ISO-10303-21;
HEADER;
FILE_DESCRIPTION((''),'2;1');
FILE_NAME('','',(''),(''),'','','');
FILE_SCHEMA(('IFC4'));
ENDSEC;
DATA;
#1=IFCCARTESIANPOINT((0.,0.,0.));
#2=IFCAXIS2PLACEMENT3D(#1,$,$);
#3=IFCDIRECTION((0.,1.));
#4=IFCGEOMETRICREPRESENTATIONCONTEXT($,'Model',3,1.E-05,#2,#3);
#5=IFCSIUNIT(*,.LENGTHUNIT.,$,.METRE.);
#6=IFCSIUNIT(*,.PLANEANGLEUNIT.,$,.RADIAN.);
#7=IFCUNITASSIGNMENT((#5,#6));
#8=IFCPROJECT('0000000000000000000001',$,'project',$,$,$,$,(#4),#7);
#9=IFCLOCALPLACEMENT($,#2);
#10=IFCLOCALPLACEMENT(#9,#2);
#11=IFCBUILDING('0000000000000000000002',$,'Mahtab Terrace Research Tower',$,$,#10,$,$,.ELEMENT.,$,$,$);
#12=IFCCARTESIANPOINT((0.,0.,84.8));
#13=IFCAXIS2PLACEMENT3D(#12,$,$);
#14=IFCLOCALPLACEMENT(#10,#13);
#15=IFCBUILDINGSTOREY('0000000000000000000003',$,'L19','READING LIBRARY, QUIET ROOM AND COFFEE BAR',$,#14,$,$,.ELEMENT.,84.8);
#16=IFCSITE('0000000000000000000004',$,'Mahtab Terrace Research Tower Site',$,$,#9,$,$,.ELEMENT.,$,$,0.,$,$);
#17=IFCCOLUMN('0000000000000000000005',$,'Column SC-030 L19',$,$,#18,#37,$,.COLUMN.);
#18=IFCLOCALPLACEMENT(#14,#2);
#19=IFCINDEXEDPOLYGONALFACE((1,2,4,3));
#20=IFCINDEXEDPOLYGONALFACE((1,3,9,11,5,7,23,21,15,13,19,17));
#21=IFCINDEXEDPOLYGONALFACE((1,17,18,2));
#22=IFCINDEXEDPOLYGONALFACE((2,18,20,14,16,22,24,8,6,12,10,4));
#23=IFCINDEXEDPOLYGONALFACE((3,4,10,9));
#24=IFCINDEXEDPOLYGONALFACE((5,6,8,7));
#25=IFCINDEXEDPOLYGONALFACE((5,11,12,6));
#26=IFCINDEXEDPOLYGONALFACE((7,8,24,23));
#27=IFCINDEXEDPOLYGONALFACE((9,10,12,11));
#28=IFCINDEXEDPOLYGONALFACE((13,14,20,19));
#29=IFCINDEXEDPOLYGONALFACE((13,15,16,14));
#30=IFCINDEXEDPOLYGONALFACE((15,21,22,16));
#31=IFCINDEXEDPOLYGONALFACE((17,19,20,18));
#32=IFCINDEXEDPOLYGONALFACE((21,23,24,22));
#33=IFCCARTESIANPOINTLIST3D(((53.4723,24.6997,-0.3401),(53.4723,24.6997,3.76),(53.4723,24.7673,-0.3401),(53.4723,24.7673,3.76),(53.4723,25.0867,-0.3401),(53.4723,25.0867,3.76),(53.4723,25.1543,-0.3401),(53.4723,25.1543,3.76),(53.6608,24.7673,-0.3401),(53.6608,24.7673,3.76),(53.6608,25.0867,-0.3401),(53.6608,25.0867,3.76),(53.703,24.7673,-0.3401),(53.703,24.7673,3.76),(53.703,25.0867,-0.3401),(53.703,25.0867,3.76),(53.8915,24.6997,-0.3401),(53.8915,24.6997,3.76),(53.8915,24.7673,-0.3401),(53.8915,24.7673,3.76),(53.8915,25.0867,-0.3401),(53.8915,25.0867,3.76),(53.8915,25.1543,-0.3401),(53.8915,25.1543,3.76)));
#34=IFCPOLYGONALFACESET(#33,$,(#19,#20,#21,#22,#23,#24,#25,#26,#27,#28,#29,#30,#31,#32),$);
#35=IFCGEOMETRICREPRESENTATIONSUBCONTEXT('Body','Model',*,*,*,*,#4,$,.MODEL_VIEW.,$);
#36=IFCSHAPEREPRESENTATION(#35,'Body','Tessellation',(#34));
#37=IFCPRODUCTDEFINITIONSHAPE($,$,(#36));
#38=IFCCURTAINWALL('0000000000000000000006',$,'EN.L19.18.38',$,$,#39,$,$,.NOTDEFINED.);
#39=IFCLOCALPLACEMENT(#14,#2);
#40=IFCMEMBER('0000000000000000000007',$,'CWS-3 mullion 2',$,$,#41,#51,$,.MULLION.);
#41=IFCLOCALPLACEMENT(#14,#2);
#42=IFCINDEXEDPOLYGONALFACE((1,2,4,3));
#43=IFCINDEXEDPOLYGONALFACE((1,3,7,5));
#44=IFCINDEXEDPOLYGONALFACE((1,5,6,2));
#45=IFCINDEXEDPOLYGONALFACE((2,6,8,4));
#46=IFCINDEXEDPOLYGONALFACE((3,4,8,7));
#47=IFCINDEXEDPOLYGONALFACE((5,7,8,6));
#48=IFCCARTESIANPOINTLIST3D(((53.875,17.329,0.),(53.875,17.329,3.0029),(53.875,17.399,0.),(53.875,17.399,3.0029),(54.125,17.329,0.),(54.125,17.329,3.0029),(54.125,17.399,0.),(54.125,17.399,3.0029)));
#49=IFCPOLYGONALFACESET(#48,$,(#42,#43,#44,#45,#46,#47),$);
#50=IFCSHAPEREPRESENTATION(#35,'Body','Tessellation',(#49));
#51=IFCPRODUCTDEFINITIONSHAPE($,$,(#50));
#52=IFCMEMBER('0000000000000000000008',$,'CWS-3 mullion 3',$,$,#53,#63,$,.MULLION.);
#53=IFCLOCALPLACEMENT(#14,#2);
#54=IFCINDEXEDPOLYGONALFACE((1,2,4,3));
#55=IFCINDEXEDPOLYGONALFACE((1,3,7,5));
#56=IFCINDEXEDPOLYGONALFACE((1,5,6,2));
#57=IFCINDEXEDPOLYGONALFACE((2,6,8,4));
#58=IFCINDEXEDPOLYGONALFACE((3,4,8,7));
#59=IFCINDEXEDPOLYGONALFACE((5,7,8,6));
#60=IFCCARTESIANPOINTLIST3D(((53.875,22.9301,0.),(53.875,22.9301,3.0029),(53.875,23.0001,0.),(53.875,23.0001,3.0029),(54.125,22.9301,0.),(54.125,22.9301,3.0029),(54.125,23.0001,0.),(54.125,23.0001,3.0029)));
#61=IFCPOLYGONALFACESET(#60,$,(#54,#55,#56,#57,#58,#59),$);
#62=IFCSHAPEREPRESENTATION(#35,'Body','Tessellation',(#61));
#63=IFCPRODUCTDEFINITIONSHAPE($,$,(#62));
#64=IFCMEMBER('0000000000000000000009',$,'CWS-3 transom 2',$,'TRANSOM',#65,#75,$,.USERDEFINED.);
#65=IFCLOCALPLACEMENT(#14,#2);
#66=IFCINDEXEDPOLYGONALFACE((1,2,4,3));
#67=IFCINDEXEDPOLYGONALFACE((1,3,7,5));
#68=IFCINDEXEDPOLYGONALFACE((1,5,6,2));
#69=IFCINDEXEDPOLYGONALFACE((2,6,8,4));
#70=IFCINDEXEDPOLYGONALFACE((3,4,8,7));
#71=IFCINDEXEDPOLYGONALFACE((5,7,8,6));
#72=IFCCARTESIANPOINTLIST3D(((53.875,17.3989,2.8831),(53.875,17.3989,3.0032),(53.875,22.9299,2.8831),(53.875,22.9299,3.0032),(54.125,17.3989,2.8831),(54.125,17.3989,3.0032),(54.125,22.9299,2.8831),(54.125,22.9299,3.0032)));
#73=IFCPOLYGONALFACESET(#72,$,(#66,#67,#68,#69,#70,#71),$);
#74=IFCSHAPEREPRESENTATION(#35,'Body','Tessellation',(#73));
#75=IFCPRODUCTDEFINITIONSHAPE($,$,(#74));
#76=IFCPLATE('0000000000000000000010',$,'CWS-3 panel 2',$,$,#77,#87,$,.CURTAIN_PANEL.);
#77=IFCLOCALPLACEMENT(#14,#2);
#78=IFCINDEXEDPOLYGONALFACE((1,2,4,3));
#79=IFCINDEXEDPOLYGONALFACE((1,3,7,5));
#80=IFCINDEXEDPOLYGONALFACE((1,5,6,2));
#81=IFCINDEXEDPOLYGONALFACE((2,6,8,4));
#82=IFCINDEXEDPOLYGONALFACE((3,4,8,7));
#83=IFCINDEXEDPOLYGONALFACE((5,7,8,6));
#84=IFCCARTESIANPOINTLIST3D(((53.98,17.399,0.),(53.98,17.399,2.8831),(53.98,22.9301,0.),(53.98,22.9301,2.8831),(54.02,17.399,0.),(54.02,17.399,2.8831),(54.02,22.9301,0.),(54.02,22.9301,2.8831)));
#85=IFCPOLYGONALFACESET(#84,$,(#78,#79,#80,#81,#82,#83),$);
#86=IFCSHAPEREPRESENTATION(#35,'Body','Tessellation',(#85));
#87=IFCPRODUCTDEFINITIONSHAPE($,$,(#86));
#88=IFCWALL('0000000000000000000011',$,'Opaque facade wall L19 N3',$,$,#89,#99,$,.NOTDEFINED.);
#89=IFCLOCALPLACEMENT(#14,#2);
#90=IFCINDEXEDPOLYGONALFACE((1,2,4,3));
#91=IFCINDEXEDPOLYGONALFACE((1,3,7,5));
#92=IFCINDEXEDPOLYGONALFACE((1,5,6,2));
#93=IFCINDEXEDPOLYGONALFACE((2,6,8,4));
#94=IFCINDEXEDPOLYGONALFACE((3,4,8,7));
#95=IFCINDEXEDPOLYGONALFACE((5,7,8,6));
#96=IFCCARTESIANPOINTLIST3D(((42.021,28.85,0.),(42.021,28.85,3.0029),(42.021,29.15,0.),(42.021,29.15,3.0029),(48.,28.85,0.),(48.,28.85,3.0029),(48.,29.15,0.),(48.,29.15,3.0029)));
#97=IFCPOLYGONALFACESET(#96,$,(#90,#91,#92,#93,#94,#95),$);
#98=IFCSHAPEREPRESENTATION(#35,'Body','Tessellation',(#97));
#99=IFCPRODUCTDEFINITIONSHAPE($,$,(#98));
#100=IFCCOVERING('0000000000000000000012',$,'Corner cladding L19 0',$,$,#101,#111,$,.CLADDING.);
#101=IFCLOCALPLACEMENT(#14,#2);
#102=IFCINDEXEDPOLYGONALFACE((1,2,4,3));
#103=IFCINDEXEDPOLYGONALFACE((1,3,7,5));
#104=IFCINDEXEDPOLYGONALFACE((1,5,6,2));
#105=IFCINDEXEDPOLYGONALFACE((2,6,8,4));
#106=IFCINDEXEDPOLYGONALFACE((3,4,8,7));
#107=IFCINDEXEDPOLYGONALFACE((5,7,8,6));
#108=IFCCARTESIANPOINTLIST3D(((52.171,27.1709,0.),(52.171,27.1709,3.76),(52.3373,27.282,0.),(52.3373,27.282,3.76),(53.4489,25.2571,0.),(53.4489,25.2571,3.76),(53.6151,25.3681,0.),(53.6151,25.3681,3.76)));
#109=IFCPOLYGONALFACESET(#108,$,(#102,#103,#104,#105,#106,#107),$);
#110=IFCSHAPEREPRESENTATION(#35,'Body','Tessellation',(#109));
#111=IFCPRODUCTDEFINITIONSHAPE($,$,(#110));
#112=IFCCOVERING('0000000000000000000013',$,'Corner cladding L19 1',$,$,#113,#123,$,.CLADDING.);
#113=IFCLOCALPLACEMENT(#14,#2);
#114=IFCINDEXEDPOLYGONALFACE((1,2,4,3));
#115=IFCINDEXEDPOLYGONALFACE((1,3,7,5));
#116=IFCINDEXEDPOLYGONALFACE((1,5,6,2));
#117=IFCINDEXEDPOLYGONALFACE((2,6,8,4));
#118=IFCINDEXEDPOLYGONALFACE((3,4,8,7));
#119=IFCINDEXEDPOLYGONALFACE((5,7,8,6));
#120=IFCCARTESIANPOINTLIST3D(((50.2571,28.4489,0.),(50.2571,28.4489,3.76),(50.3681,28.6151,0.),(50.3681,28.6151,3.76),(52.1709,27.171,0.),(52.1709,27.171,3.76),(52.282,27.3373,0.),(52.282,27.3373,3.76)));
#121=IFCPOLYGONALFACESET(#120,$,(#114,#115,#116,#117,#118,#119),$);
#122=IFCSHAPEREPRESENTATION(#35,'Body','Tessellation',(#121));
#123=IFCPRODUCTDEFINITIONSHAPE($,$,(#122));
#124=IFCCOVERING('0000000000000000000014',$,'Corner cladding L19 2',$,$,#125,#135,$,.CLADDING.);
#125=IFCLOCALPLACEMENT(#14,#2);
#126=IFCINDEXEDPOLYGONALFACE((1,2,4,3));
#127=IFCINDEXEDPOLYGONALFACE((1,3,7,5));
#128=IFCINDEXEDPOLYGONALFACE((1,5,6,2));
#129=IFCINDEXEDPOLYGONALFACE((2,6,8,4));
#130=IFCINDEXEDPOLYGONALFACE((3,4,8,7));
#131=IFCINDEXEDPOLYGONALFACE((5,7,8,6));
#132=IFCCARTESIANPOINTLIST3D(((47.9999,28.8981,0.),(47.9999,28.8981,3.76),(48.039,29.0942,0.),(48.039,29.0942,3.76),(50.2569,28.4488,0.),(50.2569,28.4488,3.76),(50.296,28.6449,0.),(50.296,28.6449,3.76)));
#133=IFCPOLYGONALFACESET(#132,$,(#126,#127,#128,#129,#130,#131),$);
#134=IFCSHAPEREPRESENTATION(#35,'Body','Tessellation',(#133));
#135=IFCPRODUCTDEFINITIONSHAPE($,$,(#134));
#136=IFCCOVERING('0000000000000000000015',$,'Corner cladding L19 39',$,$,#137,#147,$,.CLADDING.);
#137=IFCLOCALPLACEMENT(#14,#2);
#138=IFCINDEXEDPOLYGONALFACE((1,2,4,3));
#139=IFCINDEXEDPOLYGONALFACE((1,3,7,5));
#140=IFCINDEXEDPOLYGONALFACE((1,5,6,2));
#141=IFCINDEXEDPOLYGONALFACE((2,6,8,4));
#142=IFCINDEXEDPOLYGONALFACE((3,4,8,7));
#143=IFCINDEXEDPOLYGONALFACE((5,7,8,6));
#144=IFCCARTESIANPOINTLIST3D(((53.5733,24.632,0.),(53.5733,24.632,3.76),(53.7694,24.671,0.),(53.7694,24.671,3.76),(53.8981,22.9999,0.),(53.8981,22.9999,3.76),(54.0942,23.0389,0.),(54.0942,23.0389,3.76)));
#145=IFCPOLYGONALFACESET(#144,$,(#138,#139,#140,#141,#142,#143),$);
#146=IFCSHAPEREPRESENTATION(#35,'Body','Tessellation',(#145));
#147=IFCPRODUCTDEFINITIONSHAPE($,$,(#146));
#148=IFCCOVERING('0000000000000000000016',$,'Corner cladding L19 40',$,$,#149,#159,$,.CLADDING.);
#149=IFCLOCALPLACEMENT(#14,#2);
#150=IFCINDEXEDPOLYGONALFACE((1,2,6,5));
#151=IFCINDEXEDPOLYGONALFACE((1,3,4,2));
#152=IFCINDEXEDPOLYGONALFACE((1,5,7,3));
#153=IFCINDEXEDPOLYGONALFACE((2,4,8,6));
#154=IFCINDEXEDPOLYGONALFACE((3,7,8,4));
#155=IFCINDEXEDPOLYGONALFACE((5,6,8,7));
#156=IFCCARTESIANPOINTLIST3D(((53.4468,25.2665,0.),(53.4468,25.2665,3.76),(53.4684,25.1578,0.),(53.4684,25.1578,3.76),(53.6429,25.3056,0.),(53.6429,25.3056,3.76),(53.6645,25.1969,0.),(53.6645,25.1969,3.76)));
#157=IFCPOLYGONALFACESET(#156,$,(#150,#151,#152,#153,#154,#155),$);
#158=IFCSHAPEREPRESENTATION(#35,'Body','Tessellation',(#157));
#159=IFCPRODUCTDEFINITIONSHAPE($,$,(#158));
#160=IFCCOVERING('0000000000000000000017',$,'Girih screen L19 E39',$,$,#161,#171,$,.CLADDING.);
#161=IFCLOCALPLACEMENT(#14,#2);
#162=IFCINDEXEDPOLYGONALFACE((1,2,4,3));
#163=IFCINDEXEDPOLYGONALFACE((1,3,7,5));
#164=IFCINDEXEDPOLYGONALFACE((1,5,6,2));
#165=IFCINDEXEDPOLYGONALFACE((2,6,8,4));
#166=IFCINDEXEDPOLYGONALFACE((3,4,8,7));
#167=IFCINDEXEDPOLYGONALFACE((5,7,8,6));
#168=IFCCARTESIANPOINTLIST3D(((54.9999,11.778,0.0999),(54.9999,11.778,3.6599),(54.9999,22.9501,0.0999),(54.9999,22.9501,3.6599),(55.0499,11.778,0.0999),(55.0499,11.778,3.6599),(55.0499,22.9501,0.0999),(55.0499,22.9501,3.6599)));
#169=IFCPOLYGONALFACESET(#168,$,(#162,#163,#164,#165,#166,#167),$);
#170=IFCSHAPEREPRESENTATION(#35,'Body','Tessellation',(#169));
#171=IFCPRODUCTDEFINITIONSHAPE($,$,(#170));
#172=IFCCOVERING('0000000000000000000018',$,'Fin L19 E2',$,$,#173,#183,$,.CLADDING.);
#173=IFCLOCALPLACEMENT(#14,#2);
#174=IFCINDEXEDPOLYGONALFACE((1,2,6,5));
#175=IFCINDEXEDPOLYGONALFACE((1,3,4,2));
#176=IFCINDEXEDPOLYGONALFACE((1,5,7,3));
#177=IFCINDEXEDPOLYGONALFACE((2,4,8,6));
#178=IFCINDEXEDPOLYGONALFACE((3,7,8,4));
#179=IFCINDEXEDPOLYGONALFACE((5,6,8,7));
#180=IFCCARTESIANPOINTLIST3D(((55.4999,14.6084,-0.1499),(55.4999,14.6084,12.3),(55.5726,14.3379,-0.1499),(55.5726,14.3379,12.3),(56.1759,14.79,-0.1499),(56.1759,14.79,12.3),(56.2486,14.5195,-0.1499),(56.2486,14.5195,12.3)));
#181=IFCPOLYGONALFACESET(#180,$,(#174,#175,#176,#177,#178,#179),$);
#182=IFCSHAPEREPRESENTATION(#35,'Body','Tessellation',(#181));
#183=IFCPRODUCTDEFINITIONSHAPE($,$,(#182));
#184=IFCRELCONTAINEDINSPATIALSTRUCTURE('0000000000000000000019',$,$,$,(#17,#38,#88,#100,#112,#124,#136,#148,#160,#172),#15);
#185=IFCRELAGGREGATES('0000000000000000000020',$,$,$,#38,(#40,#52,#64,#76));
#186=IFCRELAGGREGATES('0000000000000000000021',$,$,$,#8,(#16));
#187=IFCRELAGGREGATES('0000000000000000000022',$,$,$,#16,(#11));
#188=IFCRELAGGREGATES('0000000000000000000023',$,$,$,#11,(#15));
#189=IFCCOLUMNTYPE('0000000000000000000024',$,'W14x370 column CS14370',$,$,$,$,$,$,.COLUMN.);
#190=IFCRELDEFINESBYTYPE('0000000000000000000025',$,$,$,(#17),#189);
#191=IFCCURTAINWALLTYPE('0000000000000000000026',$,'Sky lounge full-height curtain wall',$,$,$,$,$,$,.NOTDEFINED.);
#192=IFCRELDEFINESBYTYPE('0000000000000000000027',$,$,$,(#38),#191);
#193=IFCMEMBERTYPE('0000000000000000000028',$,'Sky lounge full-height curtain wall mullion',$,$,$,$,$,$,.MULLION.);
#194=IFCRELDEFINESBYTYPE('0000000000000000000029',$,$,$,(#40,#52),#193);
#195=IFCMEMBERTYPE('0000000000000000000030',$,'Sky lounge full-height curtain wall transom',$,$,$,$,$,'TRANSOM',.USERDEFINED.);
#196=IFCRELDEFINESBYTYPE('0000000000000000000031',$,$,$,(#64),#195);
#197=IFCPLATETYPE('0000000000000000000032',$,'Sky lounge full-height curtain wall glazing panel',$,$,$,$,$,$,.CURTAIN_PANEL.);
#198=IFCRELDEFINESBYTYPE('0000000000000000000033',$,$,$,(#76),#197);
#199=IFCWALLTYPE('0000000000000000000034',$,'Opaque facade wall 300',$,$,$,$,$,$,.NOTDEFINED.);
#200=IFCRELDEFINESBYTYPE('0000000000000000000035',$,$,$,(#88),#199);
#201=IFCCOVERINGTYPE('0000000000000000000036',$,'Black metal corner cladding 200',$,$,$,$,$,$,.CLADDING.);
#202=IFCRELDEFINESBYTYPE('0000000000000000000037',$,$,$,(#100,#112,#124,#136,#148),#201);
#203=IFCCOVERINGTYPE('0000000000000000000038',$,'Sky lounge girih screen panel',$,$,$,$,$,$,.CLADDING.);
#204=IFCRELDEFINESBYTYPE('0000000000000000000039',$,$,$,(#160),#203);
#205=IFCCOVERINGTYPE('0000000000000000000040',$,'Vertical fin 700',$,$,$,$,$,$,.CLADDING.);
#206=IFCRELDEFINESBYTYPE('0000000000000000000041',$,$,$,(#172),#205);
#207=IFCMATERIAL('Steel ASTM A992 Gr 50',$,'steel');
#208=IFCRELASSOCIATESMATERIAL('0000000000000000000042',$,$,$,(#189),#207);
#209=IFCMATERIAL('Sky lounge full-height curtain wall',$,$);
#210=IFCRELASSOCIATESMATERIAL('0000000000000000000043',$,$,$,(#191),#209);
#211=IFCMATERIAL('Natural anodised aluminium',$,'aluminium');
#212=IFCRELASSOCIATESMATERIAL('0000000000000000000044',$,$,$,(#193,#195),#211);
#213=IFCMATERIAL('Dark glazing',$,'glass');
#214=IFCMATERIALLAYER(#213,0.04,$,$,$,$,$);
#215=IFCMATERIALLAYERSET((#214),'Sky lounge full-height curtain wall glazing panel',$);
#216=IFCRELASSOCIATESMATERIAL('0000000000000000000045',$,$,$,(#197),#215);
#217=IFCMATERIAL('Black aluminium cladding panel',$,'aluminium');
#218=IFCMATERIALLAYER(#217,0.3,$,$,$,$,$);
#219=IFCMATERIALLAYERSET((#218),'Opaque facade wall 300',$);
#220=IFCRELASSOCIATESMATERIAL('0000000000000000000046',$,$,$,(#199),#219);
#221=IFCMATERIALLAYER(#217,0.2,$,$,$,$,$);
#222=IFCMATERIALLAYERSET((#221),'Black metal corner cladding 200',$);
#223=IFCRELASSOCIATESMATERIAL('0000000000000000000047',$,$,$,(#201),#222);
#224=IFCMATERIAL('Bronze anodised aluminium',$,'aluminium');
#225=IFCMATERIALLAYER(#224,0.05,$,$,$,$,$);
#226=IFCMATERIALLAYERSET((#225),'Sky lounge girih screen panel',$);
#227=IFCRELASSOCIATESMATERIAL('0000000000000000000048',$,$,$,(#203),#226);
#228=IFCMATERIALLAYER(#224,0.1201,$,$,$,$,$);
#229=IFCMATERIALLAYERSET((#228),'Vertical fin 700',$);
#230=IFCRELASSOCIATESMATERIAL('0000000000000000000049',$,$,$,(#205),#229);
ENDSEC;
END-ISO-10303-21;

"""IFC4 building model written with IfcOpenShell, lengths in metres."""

from ifc_helpers import new_model, si_unit, direction, frame, frame_2d, origin, origin_2d, place, context, subcontext, project, spatial, rectangle, i_section, extrude, material, layer, layer_set, material_profile, profile_set, type_object, element, aggregate, save


model = new_model("IFC4")

# Units and contexts
model_context = context("Model", 3, precision=1e-05, world=origin(), true_north=direction((0.0, 1.0)))
body_context = subcontext(model_context, "Body", "Model", "MODEL_VIEW")
ifc_project = project(units=[si_unit("LENGTHUNIT", "METRE"), si_unit("PLANEANGLEUNIT", "RADIAN")], contexts=[model_context])

# Site, building, storey
site_placement = place(None, origin())
site = spatial("IfcSite", under=ifc_project, at=site_placement, Name="Mahtab Terrace Research Tower Site", CompositionType="ELEMENT", RefElevation=0.0)
building_placement = place(site_placement, origin())
building = spatial("IfcBuilding", under=site, at=building_placement, Name="Mahtab Terrace Research Tower", CompositionType="ELEMENT")
storey_placement = place(building_placement, frame((0.0, 0.0, 84.8)))
storey = spatial("IfcBuildingStorey", under=building, at=storey_placement, Name="L19", Description="READING LIBRARY, QUIET ROOM AND COFFEE BAR", CompositionType="ELEMENT", Elevation=84.8)

# Column
ifc_material_1 = material(Name="Steel ASTM A992 Gr 50", Category="steel")
ifc_material_profile_1 = material_profile(ifc_material_1, i_section(OverallWidth=0.4192, OverallDepth=0.4546, WebThickness=0.0422, FlangeThickness=0.0676, at=origin_2d()), Name="W14X370")
ifc_profile_set_1 = profile_set([ifc_material_profile_1], Name="Steel ASTM A992 Gr 50")
column_type = type_object("IfcColumnType", Name="W14x370 column CS14370", PredefinedType="COLUMN", material=ifc_profile_set_1)
column_placement = place(storey_placement, frame((53.6819, 24.927, -0.3401), z_axis=(0.0, 0.0, 1.0), x_axis=(1.0, 0.0, 0.0)))
element("IfcColumn", 1, at=column_placement, inside=storey, type_object=column_type, Name="Column SC-030 L19", PredefinedType="COLUMN", context=body_context, shape_type="SweptSolid", body=[
    extrude(i_section(OverallWidth=0.4192, OverallDepth=0.4546, WebThickness=0.0422, FlangeThickness=0.0676, at=origin_2d()), origin(), (0.0, 0.0, 1.0), 4.1001),
])

# Curtain wall, members, plate
ifc_material_2 = material(Name="Sky lounge full-height curtain wall")
curtain_wall_type = type_object("IfcCurtainWallType", Name="Sky lounge full-height curtain wall", PredefinedType="NOTDEFINED", material=ifc_material_2)
curtain_wall_placement = place(storey_placement, origin())
curtain_wall = element("IfcCurtainWall", 2, at=curtain_wall_placement, inside=storey, type_object=curtain_wall_type, Name="EN.L19.18.38", PredefinedType="NOTDEFINED")
ifc_material_3 = material(Name="Natural anodised aluminium", Category="aluminium")
ifc_material_profile_2 = material_profile(ifc_material_3, rectangle(XDim=0.25, YDim=0.0701, at=origin_2d()), Name="MULLION 70x250")
ifc_profile_set_2 = profile_set([ifc_material_profile_2], Name="Natural anodised aluminium")
member_type_1 = type_object("IfcMemberType", Name="Sky lounge full-height curtain wall mullion", PredefinedType="MULLION", material=ifc_profile_set_2)
member_1_placement = place(storey_placement, frame((54.0, 17.364, 0.0), z_axis=(0.0, 0.0, 1.0), x_axis=(-1.0, 0.0, 0.0)))
member_1 = element("IfcMember", 3, at=member_1_placement, type_object=member_type_1, Name="CWS-3 mullion 2", PredefinedType="MULLION", context=body_context, shape_type="SweptSolid", body=[
    extrude(rectangle(XDim=0.25, YDim=0.0701, at=origin_2d()), origin(), (0.0, 0.0, 1.0), 3.0029),
])
member_2_placement = place(storey_placement, frame((54.0, 22.9651, 0.0), z_axis=(0.0, 0.0, 1.0), x_axis=(-1.0, 0.0, 0.0)))
member_2 = element("IfcMember", 4, at=member_2_placement, type_object=member_type_1, Name="CWS-3 mullion 3", PredefinedType="MULLION", context=body_context, shape_type="SweptSolid", body=[
    extrude(rectangle(XDim=0.25, YDim=0.0701, at=origin_2d()), origin(), (0.0, 0.0, 1.0), 3.0029),
])
ifc_material_profile_3 = material_profile(ifc_material_3, rectangle(XDim=0.25, YDim=0.1201, at=origin_2d()), Name="TRANSOM 120x250")
ifc_profile_set_3 = profile_set([ifc_material_profile_3], Name="Natural anodised aluminium")
member_type_2 = type_object("IfcMemberType", Name="Sky lounge full-height curtain wall transom", ElementType="TRANSOM", PredefinedType="USERDEFINED", material=ifc_profile_set_3)
member_3_placement = place(storey_placement, frame((54.0, 17.3989, 2.9431), z_axis=(0.0, 1.0, 0.0), x_axis=(-1.0, 0.0, 0.0)))
member_3 = element("IfcMember", 5, at=member_3_placement, type_object=member_type_2, Name="CWS-3 transom 2", ObjectType="TRANSOM", PredefinedType="USERDEFINED", context=body_context, shape_type="SweptSolid", body=[
    extrude(rectangle(XDim=0.25, YDim=0.1201, at=origin_2d()), origin(), (0.0, 0.0, 1.0), 5.531),
])
ifc_material_4 = material(Name="Dark glazing", Category="glass")
ifc_layer_1 = layer(ifc_material_4, 0.04)
ifc_layer_set_1 = layer_set([ifc_layer_1], Name="Sky lounge full-height curtain wall glazing panel")
plate_type = type_object("IfcPlateType", Name="Sky lounge full-height curtain wall glazing panel", PredefinedType="CURTAIN_PANEL", material=ifc_layer_set_1)
plate_placement = place(storey_placement, frame((54.0, 20.1646, 0.0), z_axis=(0.0, 0.0, 1.0), x_axis=(0.0, 1.0, 0.0)))
plate = element("IfcPlate", 6, at=plate_placement, type_object=plate_type, Name="CWS-3 panel 2", PredefinedType="CURTAIN_PANEL", context=body_context, shape_type="SweptSolid", body=[
    extrude(rectangle(XDim=5.531, YDim=0.04, at=origin_2d()), origin(), (0.0, 0.0, 1.0), 2.8831),
])
aggregate(curtain_wall, [member_1, member_2, member_3, plate])

# Wall
ifc_material_5 = material(Name="Black aluminium cladding panel", Category="aluminium")
ifc_layer_2 = layer(ifc_material_5, 0.3)
ifc_layer_set_2 = layer_set([ifc_layer_2], Name="Opaque facade wall 300")
wall_type = type_object("IfcWallType", Name="Opaque facade wall 300", PredefinedType="NOTDEFINED", material=ifc_layer_set_2)
wall_placement = place(storey_placement, frame((48.0, 29.0, 0.0), z_axis=(0.0, 0.0, 1.0), x_axis=(-1.0, 0.0, 0.0)))
element("IfcWall", 7, at=wall_placement, inside=storey, type_object=wall_type, Name="Opaque facade wall L19 N3", PredefinedType="NOTDEFINED", context=body_context, shape_type="SweptSolid", body=[
    extrude(rectangle(XDim=5.979, YDim=0.3, at=frame_2d((2.9895, 0.0))), origin(), (0.0, 0.0, 1.0), 3.0029),
])

# Coverings
ifc_layer_3 = layer(ifc_material_5, 0.2)
ifc_layer_set_3 = layer_set([ifc_layer_3], Name="Black metal corner cladding 200")
covering_type_1 = type_object("IfcCoveringType", Name="Black metal corner cladding 200", PredefinedType="CLADDING", material=ifc_layer_set_3)
for number, where, z_axis, x_axis, name in (
    (8, (52.8931, 26.2695, 0.0), (0.0, 0.0, 1.0), (-0.555291, 0.831656, 0.0), "Corner cladding L19 0"),
    (9, (51.2695, 27.8931, 0.0), (0.0, 0.0, 1.0), (-0.831656, 0.555291, 0.0), "Corner cladding L19 1"),
    (10, (49.1479, 28.7715, 0.0), (0.0, 0.0, 1.0), (-0.980761, 0.195212, 0.0), "Corner cladding L19 2"),
):
    element("IfcCovering", number, at=place(storey_placement, frame(where, z_axis=z_axis, x_axis=x_axis)), inside=storey, type_object=covering_type_1, Name=name, PredefinedType="CLADDING", context=body_context, shape_type="SweptSolid", body=[
        extrude(rectangle(XDim=2.3013, YDim=0.2, at=origin_2d()), origin(), (0.0, 0.0, 1.0), 3.76),
    ])
covering_1_placement = place(storey_placement, frame((53.8337, 23.8354, 0.0), z_axis=(0.0, 0.0, 1.0), x_axis=(-0.195212, 0.980761, 0.0)))
element("IfcCovering", 11, at=covering_1_placement, inside=storey, type_object=covering_type_1, Name="Corner cladding L19 39", PredefinedType="CLADDING", context=body_context, shape_type="SweptSolid", body=[
    extrude(rectangle(XDim=1.6641, YDim=0.2, at=origin_2d()), origin(), (0.0, 0.0, 1.0), 3.76),
])
covering_2_placement = place(storey_placement, frame((53.5557, 25.2317, 0.0), z_axis=(0.0, 0.0, 1.0), x_axis=(-0.195212, 0.980761, 0.0)))
element("IfcCovering", 12, at=covering_2_placement, inside=storey, type_object=covering_type_1, Name="Corner cladding L19 40", PredefinedType="CLADDING", context=body_context, shape_type="SweptSolid", body=[
    extrude(rectangle(XDim=0.1108, YDim=0.2, at=origin_2d()), origin(), (0.0, 0.0, 1.0), 3.76),
])
ifc_material_6 = material(Name="Bronze anodised aluminium", Category="aluminium")
ifc_layer_4 = layer(ifc_material_6, 0.05)
ifc_layer_set_4 = layer_set([ifc_layer_4], Name="Sky lounge girih screen panel")
covering_type_2 = type_object("IfcCoveringType", Name="Sky lounge girih screen panel", PredefinedType="CLADDING", material=ifc_layer_set_4)
covering_3_placement = place(storey_placement, frame((55.0249, 17.364, 0.0999), z_axis=(0.0, 0.0, 1.0), x_axis=(0.0, 1.0, 0.0)))
element("IfcCovering", 13, at=covering_3_placement, inside=storey, type_object=covering_type_2, Name="Girih screen L19 E39", PredefinedType="CLADDING", context=body_context, shape_type="SweptSolid", body=[
    extrude(rectangle(XDim=11.1721, YDim=0.05, at=origin_2d()), origin(), (0.0, 0.0, 1.0), 3.5601),
])
ifc_layer_5 = layer(ifc_material_6, 0.1201)
ifc_layer_set_5 = layer_set([ifc_layer_5], Name="Vertical fin 700")
covering_type_3 = type_object("IfcCoveringType", Name="Vertical fin 700", PredefinedType="CLADDING", material=ifc_layer_set_5)
for number, where, z_axis, x_axis, name in (
    (14, (55.8743, 14.564, -0.1499), (0.0, 0.0, 1.0), (-0.259454, 0.965756, 0.0), "Fin L19 E2"),
):
    element("IfcCovering", number, at=place(storey_placement, frame(where, z_axis=z_axis, x_axis=x_axis)), inside=storey, type_object=covering_type_3, Name=name, PredefinedType="CLADDING", context=body_context, shape_type="SweptSolid", body=[
        extrude(rectangle(XDim=0.28, YDim=0.7, at=origin_2d()), origin(), (0.0, 0.0, 1.0), 12.45),
    ])

save(model, "model.ifc")
